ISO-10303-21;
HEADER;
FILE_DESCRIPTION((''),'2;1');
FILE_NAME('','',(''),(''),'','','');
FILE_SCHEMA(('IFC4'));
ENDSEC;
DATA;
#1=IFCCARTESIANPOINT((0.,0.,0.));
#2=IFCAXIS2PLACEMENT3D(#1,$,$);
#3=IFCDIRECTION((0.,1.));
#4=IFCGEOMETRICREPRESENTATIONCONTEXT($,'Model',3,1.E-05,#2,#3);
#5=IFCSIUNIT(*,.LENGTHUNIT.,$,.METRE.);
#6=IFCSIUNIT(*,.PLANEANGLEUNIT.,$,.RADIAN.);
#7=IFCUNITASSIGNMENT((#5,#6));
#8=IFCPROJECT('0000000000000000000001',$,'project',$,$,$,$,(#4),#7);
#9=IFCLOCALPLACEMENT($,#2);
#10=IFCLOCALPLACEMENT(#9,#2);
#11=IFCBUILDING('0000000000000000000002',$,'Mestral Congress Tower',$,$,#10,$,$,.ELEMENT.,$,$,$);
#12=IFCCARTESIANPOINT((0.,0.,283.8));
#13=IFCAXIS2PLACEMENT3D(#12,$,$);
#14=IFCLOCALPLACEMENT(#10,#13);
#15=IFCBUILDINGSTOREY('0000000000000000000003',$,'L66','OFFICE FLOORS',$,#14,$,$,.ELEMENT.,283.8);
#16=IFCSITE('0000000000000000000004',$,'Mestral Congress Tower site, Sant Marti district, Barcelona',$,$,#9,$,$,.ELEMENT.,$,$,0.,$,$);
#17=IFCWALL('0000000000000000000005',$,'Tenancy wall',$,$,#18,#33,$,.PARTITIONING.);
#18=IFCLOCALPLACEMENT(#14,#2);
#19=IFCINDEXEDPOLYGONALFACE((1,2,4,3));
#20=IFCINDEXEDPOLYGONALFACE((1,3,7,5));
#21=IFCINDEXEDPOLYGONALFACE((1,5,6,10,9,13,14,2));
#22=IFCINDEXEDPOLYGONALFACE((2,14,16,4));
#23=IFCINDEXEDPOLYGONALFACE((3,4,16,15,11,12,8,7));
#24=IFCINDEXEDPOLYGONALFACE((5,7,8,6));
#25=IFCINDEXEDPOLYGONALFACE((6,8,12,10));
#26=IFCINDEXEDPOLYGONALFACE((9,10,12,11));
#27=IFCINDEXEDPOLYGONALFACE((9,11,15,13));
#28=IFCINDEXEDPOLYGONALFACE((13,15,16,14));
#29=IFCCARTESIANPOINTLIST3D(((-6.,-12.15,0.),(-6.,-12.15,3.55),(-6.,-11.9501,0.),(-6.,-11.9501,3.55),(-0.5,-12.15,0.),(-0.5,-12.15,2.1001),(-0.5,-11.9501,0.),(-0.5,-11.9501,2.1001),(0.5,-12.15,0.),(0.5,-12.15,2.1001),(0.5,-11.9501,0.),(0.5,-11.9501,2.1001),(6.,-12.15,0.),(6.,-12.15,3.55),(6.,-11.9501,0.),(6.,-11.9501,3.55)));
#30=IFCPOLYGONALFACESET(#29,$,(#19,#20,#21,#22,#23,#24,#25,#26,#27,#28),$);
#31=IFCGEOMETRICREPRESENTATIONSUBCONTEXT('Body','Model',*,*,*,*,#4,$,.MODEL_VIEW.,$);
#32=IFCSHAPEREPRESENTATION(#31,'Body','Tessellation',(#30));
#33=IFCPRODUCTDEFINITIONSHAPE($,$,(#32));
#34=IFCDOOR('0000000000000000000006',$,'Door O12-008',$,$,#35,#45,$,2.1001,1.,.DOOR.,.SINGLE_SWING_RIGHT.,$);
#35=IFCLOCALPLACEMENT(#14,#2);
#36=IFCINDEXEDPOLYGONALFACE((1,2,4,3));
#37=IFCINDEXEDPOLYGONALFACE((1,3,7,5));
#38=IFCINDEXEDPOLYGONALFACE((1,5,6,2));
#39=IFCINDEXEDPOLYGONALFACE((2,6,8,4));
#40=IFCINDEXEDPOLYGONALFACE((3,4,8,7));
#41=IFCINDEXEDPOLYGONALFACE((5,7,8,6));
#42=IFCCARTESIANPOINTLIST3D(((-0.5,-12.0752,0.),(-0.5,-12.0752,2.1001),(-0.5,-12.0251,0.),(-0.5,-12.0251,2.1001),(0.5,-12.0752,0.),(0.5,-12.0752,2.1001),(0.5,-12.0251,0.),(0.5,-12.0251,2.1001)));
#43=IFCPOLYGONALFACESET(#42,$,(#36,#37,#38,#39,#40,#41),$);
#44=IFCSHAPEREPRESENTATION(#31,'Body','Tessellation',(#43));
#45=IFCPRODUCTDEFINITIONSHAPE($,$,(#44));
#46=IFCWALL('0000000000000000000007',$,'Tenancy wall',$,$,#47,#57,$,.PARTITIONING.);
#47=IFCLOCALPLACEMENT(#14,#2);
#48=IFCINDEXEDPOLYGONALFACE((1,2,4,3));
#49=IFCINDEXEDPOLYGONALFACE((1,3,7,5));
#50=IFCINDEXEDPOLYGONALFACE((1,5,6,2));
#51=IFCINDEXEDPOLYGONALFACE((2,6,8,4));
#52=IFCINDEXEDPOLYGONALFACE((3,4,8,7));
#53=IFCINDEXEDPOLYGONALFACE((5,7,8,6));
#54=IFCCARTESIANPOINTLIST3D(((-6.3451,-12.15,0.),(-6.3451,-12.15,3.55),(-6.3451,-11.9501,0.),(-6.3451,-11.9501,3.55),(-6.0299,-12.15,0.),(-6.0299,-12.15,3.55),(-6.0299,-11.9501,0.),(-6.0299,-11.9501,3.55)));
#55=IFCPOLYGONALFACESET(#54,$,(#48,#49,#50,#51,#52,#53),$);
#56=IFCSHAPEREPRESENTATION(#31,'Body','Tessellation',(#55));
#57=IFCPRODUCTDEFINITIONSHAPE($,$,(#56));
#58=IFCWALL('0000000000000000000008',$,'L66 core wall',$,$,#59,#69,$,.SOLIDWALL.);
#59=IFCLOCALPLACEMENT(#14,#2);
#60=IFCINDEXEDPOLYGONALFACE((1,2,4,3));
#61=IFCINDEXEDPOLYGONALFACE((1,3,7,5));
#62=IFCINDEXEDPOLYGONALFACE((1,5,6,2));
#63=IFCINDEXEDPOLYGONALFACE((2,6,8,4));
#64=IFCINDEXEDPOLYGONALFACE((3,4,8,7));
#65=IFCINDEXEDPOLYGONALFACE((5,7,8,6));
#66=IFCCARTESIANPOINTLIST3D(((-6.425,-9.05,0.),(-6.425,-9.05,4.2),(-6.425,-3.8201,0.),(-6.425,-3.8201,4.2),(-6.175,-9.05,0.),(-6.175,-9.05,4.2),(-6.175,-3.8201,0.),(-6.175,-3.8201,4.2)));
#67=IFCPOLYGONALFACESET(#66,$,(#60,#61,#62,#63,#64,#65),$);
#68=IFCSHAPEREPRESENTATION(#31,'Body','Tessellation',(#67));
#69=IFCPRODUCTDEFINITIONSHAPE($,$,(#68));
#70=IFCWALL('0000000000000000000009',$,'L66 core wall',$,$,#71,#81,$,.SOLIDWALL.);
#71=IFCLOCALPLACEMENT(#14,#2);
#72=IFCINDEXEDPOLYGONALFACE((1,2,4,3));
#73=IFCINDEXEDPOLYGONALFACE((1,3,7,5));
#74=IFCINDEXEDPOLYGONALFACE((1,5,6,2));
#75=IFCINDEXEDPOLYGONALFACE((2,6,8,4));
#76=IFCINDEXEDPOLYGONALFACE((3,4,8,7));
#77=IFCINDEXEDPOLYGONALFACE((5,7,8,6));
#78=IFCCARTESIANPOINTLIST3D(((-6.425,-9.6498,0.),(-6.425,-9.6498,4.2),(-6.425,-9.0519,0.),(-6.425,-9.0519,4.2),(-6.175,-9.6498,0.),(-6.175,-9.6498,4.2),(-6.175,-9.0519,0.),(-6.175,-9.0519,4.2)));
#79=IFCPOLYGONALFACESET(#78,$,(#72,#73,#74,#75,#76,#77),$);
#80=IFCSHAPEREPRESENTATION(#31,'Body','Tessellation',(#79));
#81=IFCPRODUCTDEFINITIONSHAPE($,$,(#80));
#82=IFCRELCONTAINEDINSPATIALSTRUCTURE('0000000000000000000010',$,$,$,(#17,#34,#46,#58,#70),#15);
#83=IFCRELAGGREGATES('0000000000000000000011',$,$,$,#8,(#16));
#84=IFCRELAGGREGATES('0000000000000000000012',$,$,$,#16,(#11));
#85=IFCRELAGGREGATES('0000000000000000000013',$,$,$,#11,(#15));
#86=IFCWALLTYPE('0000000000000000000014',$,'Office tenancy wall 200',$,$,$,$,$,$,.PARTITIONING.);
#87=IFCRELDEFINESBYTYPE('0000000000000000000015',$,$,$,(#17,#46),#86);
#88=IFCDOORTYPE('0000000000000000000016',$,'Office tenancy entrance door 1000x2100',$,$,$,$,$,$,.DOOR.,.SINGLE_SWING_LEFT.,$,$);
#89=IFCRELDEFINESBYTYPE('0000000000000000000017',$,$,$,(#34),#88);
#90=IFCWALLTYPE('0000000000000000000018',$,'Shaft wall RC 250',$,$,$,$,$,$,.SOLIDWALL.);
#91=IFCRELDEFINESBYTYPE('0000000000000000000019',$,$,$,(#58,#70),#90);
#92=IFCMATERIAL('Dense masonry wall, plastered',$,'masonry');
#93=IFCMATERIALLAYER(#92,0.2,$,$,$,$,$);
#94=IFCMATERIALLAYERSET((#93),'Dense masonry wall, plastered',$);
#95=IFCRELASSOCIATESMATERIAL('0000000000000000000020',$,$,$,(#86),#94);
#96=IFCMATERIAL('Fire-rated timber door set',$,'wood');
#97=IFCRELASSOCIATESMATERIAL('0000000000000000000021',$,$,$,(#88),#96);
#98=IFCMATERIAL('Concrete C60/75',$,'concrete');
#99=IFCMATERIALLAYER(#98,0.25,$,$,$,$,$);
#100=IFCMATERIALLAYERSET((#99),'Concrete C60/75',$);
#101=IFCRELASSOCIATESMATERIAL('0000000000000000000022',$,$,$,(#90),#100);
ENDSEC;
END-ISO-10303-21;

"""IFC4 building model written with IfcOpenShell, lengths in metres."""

from ifc_helpers import new_model, si_unit, direction, frame, frame_2d, origin, place, context, subcontext, project, spatial, rectangle, extrude, material, layer, layer_set, type_object, element, fill, save


model = new_model("IFC4")

# Units and contexts
model_context = context("Model", 3, precision=1e-05, world=origin(), true_north=direction((0.0, 1.0)))
body_context = subcontext(model_context, "Body", "Model", "MODEL_VIEW")
ifc_project = project(units=[si_unit("LENGTHUNIT", "METRE"), si_unit("PLANEANGLEUNIT", "RADIAN")], contexts=[model_context])

# Site, building, storey
site_placement = place(None, origin())
site = spatial("IfcSite", under=ifc_project, at=site_placement, Name="Mestral Congress Tower site, Sant Marti district, Barcelona", CompositionType="ELEMENT", RefElevation=0.0)
building_placement = place(site_placement, origin())
building = spatial("IfcBuilding", under=site, at=building_placement, Name="Mestral Congress Tower", CompositionType="ELEMENT")
storey_placement = place(building_placement, frame((0.0, 0.0, 283.8)))
storey = spatial("IfcBuildingStorey", under=building, at=storey_placement, Name="L66", Description="OFFICE FLOORS", CompositionType="ELEMENT", Elevation=283.8)

# Shared definitions
ifc_material_1 = material(Name="Concrete C60/75", Category="concrete")

# Wall, opening, door
ifc_material_2 = material(Name="Dense masonry wall, plastered", Category="masonry")
ifc_layer_1 = layer(ifc_material_2, 0.2)
ifc_layer_set_1 = layer_set([ifc_layer_1], Name="Dense masonry wall, plastered")
wall_type_1 = type_object("IfcWallType", Name="Office tenancy wall 200", PredefinedType="PARTITIONING", material=ifc_layer_set_1)
wall_1_placement = place(storey_placement, frame((-6.0, -12.05, 0.0), z_axis=(0.0, 0.0, 1.0), x_axis=(1.0, 0.0, 0.0)))
wall_1 = element("IfcWall", 1, at=wall_1_placement, inside=storey, type_object=wall_type_1, Name="Tenancy wall", PredefinedType="PARTITIONING", context=body_context, shape_type="SweptSolid", body=[
    extrude(rectangle(XDim=12.0, YDim=0.2, at=frame_2d((6.0, 0.0))), origin(), (0.0, 0.0, 1.0), 3.55),
])
opening_1_placement = place(wall_1_placement, frame((5.5, 0.0, 0.0)))
opening_1 = element("IfcOpeningElement", 2, at=opening_1_placement, cuts=wall_1, PredefinedType="OPENING", context=body_context, shape_type="SweptSolid", body=[
    extrude(rectangle(XDim=1.0, YDim=2.1001, at=frame_2d((0.5, 1.05))), frame((0.0, 0.1099, 0.0), z_axis=(0.0, -1.0, 0.0), x_axis=(1.0, 0.0, 0.0)), (0.0, 0.0, 1.0), 0.22),
])
ifc_material_3 = material(Name="Fire-rated timber door set", Category="wood")
door_type_1 = type_object("IfcDoorType", Name="Office tenancy entrance door 1000x2100", OperationType="SINGLE_SWING_LEFT", PredefinedType="DOOR", material=ifc_material_3)
door_1_placement = place(opening_1_placement, origin())
door_1 = element("IfcDoor", 3, at=door_1_placement, inside=storey, type_object=door_type_1, Name="Door O12-008", OperationType="SINGLE_SWING_RIGHT", OverallHeight=2.1001, OverallWidth=1.0, PredefinedType="DOOR", context=body_context, shape_type="SweptSolid", body=[
    extrude(rectangle(XDim=1.0, YDim=2.1001, at=frame_2d((0.5, 1.05))), frame((0.0, 0.0249, 0.0), z_axis=(0.0, -1.0, 0.0), x_axis=(1.0, 0.0, 0.0)), (0.0, 0.0, 1.0), 0.05),
])
fill(opening_1, door_1)

# Walls
wall_2_placement = place(storey_placement, frame((-6.3452, -12.05, 0.0), z_axis=(0.0, 0.0, 1.0), x_axis=(1.0, 0.0, 0.0)))
element("IfcWall", 4, at=wall_2_placement, inside=storey, type_object=wall_type_1, Name="Tenancy wall", PredefinedType="PARTITIONING", context=body_context, shape_type="SweptSolid", body=[
    extrude(rectangle(XDim=0.3152, YDim=0.2, at=frame_2d((0.1577, 0.0))), origin(), (0.0, 0.0, 1.0), 3.55),
])
ifc_layer_2 = layer(ifc_material_1, 0.25)
ifc_layer_set_2 = layer_set([ifc_layer_2], Name="Concrete C60/75")
wall_type_2 = type_object("IfcWallType", Name="Shaft wall RC 250", PredefinedType="SOLIDWALL", material=ifc_layer_set_2)
wall_3_placement = place(storey_placement, frame((-6.3, -9.05, 0.0), z_axis=(0.0, 0.0, 1.0), x_axis=(0.0, 1.0, 0.0)))
element("IfcWall", 5, at=wall_3_placement, inside=storey, type_object=wall_type_2, Name="L66 core wall", PredefinedType="SOLIDWALL", context=body_context, shape_type="SweptSolid", body=[
    extrude(rectangle(XDim=5.23, YDim=0.25, at=frame_2d((2.615, 0.0))), origin(), (0.0, 0.0, 1.0), 4.2),
])
wall_4_placement = place(storey_placement, frame((-6.3, -9.052, 0.0), z_axis=(0.0, 0.0, 1.0), x_axis=(0.0, -1.0, 0.0)))
element("IfcWall", 6, at=wall_4_placement, inside=storey, type_object=wall_type_2, Name="L66 core wall", PredefinedType="SOLIDWALL", context=body_context, shape_type="SweptSolid", body=[
    extrude(rectangle(XDim=0.5979, YDim=0.25, at=frame_2d((0.2988, 0.0))), origin(), (0.0, 0.0, 1.0), 4.2),
])

save(model, "model.ifc")
